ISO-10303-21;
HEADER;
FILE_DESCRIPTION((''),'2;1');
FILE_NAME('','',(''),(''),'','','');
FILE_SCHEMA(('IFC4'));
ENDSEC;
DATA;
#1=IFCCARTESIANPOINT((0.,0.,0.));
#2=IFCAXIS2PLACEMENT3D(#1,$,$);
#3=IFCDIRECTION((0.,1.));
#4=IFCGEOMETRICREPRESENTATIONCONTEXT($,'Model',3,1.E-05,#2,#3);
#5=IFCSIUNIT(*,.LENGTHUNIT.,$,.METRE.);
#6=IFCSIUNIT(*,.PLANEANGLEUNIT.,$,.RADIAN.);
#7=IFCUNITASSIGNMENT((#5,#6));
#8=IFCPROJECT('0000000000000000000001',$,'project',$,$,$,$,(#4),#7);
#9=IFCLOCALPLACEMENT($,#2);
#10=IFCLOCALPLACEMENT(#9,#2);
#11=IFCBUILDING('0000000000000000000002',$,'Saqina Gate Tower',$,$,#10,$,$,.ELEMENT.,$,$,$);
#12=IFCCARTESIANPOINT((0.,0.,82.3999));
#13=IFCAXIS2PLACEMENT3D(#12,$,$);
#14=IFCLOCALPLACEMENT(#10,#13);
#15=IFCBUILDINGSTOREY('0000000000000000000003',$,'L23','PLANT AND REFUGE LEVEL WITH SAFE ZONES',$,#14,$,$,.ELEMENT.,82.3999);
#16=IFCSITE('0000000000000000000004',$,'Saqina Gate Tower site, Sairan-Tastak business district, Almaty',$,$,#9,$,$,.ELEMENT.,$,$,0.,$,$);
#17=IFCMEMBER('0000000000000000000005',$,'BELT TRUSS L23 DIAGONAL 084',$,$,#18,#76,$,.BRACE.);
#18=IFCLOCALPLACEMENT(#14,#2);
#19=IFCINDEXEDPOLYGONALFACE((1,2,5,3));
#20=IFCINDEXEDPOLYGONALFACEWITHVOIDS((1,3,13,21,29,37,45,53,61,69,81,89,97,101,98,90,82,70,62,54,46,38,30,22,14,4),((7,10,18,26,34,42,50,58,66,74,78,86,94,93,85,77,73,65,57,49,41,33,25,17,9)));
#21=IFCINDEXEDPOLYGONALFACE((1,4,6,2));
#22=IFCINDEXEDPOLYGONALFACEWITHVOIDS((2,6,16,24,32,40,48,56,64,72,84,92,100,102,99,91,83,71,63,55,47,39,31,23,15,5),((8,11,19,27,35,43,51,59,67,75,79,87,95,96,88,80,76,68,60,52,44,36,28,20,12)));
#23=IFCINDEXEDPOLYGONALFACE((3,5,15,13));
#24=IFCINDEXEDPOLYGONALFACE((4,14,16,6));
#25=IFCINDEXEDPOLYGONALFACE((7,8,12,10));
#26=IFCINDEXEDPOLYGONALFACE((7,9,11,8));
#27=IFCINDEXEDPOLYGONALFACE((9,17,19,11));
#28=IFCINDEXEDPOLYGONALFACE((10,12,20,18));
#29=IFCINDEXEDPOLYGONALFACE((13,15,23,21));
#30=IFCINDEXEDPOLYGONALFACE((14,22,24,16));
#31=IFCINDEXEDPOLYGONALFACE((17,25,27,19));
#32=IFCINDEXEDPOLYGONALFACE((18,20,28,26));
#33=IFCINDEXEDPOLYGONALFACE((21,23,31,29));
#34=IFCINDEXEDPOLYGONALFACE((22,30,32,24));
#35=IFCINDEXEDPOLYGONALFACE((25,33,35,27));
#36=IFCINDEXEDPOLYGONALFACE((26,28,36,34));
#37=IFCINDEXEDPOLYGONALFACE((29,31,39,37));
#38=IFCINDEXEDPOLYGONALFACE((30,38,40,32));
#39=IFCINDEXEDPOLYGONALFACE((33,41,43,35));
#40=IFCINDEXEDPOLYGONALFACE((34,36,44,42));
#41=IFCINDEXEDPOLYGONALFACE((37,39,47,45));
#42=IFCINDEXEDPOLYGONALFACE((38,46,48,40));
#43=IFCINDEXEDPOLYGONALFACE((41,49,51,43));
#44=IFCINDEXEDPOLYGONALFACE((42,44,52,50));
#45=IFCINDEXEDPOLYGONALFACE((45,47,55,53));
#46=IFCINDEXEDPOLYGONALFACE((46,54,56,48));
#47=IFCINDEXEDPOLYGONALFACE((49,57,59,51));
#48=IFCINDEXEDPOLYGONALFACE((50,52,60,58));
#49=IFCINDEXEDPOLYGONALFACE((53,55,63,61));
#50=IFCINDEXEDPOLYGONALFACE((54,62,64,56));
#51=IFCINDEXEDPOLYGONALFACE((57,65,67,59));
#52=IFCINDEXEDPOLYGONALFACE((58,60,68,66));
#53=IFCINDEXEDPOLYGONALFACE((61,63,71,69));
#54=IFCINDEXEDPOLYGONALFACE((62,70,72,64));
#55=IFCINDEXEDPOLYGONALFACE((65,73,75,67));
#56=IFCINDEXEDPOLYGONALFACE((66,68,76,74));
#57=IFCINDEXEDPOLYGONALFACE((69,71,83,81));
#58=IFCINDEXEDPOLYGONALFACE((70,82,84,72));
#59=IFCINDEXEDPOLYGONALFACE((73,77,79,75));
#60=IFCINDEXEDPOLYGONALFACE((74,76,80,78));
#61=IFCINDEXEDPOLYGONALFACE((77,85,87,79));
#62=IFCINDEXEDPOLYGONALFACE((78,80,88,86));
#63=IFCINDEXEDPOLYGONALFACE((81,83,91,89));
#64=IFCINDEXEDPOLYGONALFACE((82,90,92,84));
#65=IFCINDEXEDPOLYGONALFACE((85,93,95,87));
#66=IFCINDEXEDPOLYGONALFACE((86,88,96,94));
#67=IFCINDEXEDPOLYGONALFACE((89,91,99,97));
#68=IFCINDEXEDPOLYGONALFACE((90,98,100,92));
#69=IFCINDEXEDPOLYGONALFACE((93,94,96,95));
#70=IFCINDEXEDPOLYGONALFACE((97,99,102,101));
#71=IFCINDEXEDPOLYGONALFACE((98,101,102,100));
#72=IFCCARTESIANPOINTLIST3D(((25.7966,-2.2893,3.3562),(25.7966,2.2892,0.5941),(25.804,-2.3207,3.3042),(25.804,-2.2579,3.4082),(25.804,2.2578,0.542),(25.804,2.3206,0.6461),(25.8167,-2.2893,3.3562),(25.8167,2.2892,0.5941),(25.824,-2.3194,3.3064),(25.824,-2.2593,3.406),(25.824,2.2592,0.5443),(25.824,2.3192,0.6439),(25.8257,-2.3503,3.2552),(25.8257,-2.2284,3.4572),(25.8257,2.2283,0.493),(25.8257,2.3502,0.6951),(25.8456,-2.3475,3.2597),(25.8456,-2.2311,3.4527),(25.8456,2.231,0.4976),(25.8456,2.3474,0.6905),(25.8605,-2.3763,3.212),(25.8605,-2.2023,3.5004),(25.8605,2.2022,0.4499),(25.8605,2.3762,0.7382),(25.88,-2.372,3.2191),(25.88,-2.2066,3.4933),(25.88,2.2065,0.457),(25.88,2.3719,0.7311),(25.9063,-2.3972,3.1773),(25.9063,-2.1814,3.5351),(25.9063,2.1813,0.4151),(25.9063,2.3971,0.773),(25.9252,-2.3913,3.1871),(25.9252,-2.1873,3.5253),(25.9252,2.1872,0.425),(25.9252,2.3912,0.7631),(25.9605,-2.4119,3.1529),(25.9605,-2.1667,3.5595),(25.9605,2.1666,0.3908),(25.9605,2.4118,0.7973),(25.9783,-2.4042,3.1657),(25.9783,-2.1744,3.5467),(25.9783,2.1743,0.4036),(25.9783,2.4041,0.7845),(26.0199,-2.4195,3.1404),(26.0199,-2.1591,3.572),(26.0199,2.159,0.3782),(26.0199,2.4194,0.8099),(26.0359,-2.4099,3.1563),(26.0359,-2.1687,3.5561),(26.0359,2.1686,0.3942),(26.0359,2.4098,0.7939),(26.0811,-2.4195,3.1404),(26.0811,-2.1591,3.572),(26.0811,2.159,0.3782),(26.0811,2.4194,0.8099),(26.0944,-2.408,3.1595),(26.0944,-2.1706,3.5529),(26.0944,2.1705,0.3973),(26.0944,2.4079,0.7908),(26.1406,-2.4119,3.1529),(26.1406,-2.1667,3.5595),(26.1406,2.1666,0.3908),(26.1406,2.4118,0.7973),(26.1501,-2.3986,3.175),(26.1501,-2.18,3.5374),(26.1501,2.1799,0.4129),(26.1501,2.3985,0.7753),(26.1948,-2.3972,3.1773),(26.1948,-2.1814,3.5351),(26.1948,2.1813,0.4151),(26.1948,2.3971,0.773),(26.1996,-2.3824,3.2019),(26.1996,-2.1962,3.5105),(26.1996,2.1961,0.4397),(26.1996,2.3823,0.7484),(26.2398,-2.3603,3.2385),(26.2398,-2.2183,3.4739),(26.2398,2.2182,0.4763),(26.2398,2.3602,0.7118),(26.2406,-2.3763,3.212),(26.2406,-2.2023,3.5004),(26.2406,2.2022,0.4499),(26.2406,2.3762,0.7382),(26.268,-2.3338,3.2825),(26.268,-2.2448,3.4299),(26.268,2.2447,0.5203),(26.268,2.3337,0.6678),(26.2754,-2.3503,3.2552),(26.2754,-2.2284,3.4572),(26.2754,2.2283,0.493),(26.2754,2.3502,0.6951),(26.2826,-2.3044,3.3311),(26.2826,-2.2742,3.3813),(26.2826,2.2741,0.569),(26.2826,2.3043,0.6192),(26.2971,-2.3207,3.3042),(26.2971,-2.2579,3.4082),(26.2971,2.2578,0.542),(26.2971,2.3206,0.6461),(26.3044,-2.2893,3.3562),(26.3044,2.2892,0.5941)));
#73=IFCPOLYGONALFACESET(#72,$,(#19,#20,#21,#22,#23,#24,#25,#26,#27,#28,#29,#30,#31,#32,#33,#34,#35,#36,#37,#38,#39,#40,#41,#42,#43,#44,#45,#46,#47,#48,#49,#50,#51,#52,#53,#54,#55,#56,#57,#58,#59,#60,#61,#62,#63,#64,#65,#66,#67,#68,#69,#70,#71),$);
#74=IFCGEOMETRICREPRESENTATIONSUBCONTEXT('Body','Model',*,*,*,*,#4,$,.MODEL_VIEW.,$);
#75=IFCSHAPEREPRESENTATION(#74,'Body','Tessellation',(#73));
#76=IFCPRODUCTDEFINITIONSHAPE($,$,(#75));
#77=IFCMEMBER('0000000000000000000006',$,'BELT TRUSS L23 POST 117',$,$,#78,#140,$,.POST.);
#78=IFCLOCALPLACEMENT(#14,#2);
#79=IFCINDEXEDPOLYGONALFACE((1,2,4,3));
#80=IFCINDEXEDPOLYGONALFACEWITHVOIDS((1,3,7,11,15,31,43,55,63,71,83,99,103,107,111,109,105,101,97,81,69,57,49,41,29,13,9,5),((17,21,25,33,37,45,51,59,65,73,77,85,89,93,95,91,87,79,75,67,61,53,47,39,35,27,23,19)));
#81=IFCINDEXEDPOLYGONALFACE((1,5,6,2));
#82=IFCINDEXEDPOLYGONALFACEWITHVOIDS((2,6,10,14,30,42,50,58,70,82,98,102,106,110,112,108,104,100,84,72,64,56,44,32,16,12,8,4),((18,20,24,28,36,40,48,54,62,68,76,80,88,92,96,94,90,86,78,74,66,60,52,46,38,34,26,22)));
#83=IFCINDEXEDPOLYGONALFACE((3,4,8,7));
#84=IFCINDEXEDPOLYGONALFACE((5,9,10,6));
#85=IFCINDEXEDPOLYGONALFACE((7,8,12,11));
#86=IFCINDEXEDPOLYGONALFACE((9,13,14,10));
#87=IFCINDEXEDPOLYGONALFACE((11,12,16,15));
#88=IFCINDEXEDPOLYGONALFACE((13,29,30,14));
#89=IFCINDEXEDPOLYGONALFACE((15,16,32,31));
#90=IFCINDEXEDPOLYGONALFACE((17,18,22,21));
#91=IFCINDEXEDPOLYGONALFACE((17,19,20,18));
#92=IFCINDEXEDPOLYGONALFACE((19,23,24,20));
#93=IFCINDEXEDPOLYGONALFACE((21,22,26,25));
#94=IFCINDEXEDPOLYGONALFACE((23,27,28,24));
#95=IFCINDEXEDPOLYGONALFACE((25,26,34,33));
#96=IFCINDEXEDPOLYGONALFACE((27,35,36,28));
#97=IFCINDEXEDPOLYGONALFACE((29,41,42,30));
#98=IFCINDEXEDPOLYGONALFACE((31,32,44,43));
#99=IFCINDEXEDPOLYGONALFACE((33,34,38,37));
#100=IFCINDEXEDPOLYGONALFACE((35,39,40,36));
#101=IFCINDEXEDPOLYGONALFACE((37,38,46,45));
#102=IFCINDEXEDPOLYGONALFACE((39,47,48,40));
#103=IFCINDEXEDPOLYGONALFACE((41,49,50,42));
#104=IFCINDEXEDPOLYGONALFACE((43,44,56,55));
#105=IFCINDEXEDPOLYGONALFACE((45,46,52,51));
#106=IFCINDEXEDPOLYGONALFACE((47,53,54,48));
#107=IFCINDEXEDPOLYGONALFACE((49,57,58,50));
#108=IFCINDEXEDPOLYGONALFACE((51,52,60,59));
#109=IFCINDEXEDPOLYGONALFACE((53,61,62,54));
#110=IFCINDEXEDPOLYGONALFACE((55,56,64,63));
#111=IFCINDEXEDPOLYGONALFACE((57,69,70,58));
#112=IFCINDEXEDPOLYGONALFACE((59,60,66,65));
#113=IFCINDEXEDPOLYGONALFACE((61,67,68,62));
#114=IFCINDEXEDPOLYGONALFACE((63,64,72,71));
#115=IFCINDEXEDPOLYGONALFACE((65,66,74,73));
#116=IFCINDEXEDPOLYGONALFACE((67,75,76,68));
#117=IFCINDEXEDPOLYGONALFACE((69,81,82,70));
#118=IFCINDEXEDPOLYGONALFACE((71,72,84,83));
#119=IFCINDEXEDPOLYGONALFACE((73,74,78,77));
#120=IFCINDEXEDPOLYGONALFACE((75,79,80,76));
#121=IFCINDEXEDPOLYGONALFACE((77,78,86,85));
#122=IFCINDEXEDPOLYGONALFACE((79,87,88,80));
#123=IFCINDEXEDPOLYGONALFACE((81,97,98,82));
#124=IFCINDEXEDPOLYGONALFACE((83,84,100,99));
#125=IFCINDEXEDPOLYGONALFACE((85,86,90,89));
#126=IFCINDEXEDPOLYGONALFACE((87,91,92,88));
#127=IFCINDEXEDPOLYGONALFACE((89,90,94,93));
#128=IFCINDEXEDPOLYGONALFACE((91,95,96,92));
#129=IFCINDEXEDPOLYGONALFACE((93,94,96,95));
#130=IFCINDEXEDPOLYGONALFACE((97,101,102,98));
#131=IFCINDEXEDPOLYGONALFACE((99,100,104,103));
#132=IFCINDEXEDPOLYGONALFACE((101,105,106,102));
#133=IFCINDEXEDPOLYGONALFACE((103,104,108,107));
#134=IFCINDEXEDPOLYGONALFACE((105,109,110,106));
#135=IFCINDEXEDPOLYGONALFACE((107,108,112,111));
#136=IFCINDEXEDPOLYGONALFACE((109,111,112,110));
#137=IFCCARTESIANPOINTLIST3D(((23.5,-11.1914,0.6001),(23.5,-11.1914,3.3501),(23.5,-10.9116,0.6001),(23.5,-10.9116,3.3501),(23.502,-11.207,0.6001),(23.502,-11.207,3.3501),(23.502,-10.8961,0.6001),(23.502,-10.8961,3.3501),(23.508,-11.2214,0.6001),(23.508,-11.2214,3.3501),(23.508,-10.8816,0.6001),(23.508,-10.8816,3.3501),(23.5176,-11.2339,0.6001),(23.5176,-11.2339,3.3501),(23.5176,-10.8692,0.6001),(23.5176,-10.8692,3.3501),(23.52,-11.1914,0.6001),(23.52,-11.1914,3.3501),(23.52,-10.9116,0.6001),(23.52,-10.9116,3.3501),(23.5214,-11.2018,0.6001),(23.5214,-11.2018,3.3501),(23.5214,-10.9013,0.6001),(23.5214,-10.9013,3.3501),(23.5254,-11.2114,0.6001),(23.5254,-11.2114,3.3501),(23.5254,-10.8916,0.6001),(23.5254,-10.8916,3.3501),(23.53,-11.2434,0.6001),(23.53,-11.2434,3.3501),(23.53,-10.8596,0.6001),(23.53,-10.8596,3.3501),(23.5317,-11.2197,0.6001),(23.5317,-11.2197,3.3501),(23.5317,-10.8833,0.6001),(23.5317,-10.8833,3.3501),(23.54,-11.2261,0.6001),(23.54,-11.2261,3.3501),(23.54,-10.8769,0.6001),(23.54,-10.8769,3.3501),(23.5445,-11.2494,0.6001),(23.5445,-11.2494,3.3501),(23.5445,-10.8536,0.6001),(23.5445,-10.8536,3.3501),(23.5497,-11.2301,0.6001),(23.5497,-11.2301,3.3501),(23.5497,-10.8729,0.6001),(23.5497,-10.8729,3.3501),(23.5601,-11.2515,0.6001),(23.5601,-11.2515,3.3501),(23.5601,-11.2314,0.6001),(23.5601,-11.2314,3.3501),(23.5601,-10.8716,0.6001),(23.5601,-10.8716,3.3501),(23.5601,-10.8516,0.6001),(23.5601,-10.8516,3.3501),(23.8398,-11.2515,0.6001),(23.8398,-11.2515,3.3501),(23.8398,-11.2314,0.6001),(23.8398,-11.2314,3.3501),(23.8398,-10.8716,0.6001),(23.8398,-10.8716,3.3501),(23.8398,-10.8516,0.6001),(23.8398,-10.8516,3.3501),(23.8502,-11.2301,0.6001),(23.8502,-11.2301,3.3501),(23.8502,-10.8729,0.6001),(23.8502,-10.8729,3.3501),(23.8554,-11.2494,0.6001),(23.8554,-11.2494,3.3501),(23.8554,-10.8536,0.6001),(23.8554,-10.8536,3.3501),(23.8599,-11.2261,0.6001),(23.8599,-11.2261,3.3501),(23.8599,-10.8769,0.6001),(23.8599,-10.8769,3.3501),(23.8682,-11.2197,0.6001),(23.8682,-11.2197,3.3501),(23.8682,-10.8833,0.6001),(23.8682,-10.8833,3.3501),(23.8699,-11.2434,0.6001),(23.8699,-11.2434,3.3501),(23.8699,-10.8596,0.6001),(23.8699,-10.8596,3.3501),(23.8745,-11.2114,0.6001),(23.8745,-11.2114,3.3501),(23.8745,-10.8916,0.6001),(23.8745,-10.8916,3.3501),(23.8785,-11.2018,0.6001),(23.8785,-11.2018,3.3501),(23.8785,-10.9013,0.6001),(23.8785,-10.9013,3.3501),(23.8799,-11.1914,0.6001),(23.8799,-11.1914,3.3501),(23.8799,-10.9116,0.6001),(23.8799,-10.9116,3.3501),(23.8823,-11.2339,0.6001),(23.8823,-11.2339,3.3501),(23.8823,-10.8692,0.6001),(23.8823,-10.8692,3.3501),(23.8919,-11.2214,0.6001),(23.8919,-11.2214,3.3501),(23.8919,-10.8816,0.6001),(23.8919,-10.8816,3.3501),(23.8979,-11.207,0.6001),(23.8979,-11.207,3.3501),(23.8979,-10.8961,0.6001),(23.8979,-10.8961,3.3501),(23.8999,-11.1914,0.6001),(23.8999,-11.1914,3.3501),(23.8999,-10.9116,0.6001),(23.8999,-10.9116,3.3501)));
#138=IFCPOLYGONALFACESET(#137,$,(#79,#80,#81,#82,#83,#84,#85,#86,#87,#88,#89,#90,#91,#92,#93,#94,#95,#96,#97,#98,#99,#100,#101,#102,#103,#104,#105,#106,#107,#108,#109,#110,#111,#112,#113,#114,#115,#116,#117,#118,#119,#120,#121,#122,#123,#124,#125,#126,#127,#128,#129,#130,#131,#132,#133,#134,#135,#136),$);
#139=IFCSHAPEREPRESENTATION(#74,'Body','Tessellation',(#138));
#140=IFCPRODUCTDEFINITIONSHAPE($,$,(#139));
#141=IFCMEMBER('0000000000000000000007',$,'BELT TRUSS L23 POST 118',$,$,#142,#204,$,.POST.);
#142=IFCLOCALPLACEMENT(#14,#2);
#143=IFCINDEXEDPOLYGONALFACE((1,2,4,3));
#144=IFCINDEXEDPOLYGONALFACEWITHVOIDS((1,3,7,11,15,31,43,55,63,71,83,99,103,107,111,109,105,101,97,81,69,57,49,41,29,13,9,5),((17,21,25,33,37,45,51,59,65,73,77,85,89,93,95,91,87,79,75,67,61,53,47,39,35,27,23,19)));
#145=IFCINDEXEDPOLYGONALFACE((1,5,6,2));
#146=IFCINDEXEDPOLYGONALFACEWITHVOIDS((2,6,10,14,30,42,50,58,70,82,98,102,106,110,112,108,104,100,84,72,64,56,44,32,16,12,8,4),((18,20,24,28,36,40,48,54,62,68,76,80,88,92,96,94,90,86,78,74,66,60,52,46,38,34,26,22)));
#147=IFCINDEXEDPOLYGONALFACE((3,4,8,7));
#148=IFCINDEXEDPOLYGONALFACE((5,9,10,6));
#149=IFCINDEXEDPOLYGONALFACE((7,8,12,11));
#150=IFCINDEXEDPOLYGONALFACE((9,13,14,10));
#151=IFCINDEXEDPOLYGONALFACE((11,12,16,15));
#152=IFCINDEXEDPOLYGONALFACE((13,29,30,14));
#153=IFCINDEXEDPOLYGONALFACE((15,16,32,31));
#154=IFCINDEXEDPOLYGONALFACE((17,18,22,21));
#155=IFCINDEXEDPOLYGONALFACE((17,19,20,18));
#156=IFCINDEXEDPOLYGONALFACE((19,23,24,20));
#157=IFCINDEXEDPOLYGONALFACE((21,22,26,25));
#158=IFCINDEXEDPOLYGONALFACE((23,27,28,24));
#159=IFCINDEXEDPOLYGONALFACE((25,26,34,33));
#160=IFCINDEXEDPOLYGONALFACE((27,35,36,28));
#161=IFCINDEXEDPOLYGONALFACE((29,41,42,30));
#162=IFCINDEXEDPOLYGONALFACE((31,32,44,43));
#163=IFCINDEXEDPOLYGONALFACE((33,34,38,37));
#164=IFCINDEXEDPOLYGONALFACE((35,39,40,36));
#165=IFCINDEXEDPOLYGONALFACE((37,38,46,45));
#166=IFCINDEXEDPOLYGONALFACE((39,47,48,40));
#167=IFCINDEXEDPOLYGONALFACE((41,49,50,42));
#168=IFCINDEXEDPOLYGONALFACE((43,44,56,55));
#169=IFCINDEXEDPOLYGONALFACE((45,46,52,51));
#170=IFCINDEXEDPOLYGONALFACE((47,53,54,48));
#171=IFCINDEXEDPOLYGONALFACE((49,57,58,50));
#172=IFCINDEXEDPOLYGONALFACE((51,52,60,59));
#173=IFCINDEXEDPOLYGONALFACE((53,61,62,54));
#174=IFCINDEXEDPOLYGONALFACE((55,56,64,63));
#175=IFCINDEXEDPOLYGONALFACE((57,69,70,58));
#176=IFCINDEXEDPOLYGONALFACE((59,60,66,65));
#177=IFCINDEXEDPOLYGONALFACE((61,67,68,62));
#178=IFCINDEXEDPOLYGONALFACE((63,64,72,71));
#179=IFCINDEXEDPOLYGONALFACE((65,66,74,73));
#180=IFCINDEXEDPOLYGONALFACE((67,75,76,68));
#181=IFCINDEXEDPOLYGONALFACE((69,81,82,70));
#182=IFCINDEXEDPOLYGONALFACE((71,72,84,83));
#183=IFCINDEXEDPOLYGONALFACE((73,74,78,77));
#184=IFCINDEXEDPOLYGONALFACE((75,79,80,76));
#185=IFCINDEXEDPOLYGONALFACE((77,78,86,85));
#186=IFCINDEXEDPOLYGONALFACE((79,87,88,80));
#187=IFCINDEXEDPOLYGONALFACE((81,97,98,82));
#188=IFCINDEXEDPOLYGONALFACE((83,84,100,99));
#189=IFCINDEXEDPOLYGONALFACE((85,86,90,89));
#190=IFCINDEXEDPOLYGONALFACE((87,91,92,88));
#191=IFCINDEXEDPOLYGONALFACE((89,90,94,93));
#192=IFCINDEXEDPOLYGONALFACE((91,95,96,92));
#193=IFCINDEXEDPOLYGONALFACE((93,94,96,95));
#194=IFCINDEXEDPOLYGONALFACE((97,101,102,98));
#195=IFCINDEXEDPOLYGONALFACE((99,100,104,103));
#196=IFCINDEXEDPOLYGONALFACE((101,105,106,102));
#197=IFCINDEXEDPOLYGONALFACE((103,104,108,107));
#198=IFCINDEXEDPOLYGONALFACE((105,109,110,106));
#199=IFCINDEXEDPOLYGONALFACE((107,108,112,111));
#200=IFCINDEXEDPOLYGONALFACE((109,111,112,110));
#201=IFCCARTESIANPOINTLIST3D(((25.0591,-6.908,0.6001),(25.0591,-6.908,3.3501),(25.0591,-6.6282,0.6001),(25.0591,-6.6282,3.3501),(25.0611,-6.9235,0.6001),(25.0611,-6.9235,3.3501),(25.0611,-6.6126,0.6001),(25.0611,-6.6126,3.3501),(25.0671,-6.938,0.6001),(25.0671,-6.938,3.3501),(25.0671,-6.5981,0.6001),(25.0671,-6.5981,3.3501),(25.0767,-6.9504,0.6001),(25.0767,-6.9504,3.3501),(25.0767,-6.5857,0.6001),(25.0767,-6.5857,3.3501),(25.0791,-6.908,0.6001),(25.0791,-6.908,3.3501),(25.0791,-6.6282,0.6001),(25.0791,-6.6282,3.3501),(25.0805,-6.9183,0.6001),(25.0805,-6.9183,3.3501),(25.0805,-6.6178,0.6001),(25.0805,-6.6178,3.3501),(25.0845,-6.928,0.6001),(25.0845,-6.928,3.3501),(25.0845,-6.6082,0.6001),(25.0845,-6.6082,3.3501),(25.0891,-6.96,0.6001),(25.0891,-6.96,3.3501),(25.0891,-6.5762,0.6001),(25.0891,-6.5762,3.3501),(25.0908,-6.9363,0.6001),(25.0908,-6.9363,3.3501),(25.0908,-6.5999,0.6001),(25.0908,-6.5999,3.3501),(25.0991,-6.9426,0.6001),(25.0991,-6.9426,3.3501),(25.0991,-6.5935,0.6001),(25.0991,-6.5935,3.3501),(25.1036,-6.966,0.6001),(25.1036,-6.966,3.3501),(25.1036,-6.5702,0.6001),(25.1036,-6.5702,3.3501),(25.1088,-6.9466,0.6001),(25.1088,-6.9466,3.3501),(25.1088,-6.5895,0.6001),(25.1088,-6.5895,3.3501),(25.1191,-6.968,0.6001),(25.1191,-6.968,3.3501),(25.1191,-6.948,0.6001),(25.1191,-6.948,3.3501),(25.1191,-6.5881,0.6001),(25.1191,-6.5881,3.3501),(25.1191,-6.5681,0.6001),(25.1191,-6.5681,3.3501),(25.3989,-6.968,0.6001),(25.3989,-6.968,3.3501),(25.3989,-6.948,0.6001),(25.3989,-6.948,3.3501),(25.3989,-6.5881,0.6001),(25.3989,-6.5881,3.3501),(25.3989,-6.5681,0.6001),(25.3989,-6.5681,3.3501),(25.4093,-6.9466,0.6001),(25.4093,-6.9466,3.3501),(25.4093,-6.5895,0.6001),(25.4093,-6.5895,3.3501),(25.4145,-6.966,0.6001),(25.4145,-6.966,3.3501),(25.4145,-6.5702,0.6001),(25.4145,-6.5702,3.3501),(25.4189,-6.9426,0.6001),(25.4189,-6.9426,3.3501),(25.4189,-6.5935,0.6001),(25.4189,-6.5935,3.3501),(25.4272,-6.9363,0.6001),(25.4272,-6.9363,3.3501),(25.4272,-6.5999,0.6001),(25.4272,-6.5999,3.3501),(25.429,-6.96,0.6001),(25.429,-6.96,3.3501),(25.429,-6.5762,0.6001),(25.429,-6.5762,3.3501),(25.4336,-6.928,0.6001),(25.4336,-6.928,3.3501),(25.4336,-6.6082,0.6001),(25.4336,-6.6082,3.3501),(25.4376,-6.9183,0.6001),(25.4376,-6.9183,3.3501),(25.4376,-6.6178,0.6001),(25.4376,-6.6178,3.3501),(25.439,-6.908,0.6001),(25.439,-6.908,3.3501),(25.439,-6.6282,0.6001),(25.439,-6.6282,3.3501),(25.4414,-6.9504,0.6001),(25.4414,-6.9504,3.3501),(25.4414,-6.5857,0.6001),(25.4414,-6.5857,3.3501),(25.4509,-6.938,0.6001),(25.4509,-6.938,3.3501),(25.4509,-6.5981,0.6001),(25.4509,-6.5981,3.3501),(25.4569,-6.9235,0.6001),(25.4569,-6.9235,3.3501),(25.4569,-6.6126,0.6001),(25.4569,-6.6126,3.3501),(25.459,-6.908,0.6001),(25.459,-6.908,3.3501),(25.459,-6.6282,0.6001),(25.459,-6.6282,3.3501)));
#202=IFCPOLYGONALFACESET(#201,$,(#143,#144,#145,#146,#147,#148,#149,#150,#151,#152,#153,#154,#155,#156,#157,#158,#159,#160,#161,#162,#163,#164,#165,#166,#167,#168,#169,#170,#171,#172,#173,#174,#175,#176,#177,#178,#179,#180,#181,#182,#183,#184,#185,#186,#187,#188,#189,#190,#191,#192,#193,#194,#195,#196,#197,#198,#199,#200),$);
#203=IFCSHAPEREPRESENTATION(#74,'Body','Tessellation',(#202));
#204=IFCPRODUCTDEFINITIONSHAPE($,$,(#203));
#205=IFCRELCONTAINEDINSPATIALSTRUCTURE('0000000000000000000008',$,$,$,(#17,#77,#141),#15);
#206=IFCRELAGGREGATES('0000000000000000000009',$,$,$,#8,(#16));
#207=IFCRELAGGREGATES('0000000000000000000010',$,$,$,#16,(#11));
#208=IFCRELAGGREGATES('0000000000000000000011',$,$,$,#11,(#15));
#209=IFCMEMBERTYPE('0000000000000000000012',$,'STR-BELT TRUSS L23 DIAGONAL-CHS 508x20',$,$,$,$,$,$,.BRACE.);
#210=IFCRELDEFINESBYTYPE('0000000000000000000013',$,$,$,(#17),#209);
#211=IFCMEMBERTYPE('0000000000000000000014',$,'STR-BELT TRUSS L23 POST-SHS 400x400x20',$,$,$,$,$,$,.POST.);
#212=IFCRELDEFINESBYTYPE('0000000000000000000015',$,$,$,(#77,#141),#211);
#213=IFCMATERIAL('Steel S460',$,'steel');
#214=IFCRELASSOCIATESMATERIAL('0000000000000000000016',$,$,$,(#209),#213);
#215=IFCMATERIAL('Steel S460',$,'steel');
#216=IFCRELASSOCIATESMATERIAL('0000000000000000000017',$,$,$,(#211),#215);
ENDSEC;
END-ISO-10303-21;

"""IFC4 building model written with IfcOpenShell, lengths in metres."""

from ifc_helpers import new_model, si_unit, direction, frame, origin, origin_2d, place, context, subcontext, project, spatial, hollow_rectangle, hollow_circle, extrude, material, material_profile, profile_set, type_object, element, save


model = new_model("IFC4")

# Units and contexts
model_context = context("Model", 3, precision=1e-05, world=origin(), true_north=direction((0.0, 1.0)))
body_context = subcontext(model_context, "Body", "Model", "MODEL_VIEW")
ifc_project = project(units=[si_unit("LENGTHUNIT", "METRE"), si_unit("PLANEANGLEUNIT", "RADIAN")], contexts=[model_context])

# Site, building, storey
site_placement = place(None, origin())
site = spatial("IfcSite", under=ifc_project, at=site_placement, Name="Saqina Gate Tower site, Sairan-Tastak business district, Almaty", CompositionType="ELEMENT", RefElevation=0.0)
building_placement = place(site_placement, origin())
building = spatial("IfcBuilding", under=site, at=building_placement, Name="Saqina Gate Tower", CompositionType="ELEMENT")
storey_placement = place(building_placement, frame((0.0, 0.0, 82.3999)))
storey = spatial("IfcBuildingStorey", under=building, at=storey_placement, Name="L23", Description="PLANT AND REFUGE LEVEL WITH SAFE ZONES", CompositionType="ELEMENT", Elevation=82.3999)

# Members
ifc_material_1 = material(Name="Steel S460", Category="steel")
ifc_material_profile_1 = material_profile(ifc_material_1, hollow_circle(Radius=0.2539, WallThickness=0.02, at=origin_2d()), Name="CHS 508x20")
ifc_profile_set_1 = profile_set([ifc_material_profile_1], Name="Steel S460")
member_type_1 = type_object("IfcMemberType", Name="STR-BELT TRUSS L23 DIAGONAL-CHS 508x20", PredefinedType="BRACE", material=ifc_profile_set_1)
for number, where, z_axis, x_axis, name in (
    (1, (26.0505, -2.2893, 3.3562), (0.0, 0.85625, -0.516562), (-1.0, 0.0, 0.0), "BELT TRUSS L23 DIAGONAL 084"),
):
    element("IfcMember", number, at=place(storey_placement, frame(where, z_axis=z_axis, x_axis=x_axis)), inside=storey, type_object=member_type_1, Name=name, PredefinedType="BRACE", context=body_context, shape_type="SweptSolid", body=[
        extrude(hollow_circle(Radius=0.2539, WallThickness=0.02, at=origin_2d()), origin(), (0.0, 0.0, 1.0), 5.3472),
    ])
ifc_material_2 = material(Name="Steel S460", Category="steel")
ifc_material_profile_2 = material_profile(ifc_material_2, hollow_rectangle(XDim=0.3999, YDim=0.3999, WallThickness=0.02, InnerFilletRadius=0.04, OuterFilletRadius=0.0601, at=origin_2d()), Name="SHS 400x400x20")
ifc_profile_set_2 = profile_set([ifc_material_profile_2], Name="Steel S460")
member_type_2 = type_object("IfcMemberType", Name="STR-BELT TRUSS L23 POST-SHS 400x400x20", PredefinedType="POST", material=ifc_profile_set_2)
for number, where, z_axis, x_axis, name in (
    (2, (23.7, -11.0515, 0.6001), (0.0, 0.0, 1.0), (1.0, 0.0, 0.0), "BELT TRUSS L23 POST 117"),
    (3, (25.259, -6.7681, 0.6001), (0.0, 0.0, 1.0), (1.0, 0.0, 0.0), "BELT TRUSS L23 POST 118"),
):
    element("IfcMember", number, at=place(storey_placement, frame(where, z_axis=z_axis, x_axis=x_axis)), inside=storey, type_object=member_type_2, Name=name, PredefinedType="POST", context=body_context, shape_type="SweptSolid", body=[
        extrude(hollow_rectangle(XDim=0.3999, YDim=0.3999, WallThickness=0.02, InnerFilletRadius=0.04, OuterFilletRadius=0.0601, at=origin_2d()), origin(), (0.0, 0.0, 1.0), 2.75),
    ])

save(model, "model.ifc")
